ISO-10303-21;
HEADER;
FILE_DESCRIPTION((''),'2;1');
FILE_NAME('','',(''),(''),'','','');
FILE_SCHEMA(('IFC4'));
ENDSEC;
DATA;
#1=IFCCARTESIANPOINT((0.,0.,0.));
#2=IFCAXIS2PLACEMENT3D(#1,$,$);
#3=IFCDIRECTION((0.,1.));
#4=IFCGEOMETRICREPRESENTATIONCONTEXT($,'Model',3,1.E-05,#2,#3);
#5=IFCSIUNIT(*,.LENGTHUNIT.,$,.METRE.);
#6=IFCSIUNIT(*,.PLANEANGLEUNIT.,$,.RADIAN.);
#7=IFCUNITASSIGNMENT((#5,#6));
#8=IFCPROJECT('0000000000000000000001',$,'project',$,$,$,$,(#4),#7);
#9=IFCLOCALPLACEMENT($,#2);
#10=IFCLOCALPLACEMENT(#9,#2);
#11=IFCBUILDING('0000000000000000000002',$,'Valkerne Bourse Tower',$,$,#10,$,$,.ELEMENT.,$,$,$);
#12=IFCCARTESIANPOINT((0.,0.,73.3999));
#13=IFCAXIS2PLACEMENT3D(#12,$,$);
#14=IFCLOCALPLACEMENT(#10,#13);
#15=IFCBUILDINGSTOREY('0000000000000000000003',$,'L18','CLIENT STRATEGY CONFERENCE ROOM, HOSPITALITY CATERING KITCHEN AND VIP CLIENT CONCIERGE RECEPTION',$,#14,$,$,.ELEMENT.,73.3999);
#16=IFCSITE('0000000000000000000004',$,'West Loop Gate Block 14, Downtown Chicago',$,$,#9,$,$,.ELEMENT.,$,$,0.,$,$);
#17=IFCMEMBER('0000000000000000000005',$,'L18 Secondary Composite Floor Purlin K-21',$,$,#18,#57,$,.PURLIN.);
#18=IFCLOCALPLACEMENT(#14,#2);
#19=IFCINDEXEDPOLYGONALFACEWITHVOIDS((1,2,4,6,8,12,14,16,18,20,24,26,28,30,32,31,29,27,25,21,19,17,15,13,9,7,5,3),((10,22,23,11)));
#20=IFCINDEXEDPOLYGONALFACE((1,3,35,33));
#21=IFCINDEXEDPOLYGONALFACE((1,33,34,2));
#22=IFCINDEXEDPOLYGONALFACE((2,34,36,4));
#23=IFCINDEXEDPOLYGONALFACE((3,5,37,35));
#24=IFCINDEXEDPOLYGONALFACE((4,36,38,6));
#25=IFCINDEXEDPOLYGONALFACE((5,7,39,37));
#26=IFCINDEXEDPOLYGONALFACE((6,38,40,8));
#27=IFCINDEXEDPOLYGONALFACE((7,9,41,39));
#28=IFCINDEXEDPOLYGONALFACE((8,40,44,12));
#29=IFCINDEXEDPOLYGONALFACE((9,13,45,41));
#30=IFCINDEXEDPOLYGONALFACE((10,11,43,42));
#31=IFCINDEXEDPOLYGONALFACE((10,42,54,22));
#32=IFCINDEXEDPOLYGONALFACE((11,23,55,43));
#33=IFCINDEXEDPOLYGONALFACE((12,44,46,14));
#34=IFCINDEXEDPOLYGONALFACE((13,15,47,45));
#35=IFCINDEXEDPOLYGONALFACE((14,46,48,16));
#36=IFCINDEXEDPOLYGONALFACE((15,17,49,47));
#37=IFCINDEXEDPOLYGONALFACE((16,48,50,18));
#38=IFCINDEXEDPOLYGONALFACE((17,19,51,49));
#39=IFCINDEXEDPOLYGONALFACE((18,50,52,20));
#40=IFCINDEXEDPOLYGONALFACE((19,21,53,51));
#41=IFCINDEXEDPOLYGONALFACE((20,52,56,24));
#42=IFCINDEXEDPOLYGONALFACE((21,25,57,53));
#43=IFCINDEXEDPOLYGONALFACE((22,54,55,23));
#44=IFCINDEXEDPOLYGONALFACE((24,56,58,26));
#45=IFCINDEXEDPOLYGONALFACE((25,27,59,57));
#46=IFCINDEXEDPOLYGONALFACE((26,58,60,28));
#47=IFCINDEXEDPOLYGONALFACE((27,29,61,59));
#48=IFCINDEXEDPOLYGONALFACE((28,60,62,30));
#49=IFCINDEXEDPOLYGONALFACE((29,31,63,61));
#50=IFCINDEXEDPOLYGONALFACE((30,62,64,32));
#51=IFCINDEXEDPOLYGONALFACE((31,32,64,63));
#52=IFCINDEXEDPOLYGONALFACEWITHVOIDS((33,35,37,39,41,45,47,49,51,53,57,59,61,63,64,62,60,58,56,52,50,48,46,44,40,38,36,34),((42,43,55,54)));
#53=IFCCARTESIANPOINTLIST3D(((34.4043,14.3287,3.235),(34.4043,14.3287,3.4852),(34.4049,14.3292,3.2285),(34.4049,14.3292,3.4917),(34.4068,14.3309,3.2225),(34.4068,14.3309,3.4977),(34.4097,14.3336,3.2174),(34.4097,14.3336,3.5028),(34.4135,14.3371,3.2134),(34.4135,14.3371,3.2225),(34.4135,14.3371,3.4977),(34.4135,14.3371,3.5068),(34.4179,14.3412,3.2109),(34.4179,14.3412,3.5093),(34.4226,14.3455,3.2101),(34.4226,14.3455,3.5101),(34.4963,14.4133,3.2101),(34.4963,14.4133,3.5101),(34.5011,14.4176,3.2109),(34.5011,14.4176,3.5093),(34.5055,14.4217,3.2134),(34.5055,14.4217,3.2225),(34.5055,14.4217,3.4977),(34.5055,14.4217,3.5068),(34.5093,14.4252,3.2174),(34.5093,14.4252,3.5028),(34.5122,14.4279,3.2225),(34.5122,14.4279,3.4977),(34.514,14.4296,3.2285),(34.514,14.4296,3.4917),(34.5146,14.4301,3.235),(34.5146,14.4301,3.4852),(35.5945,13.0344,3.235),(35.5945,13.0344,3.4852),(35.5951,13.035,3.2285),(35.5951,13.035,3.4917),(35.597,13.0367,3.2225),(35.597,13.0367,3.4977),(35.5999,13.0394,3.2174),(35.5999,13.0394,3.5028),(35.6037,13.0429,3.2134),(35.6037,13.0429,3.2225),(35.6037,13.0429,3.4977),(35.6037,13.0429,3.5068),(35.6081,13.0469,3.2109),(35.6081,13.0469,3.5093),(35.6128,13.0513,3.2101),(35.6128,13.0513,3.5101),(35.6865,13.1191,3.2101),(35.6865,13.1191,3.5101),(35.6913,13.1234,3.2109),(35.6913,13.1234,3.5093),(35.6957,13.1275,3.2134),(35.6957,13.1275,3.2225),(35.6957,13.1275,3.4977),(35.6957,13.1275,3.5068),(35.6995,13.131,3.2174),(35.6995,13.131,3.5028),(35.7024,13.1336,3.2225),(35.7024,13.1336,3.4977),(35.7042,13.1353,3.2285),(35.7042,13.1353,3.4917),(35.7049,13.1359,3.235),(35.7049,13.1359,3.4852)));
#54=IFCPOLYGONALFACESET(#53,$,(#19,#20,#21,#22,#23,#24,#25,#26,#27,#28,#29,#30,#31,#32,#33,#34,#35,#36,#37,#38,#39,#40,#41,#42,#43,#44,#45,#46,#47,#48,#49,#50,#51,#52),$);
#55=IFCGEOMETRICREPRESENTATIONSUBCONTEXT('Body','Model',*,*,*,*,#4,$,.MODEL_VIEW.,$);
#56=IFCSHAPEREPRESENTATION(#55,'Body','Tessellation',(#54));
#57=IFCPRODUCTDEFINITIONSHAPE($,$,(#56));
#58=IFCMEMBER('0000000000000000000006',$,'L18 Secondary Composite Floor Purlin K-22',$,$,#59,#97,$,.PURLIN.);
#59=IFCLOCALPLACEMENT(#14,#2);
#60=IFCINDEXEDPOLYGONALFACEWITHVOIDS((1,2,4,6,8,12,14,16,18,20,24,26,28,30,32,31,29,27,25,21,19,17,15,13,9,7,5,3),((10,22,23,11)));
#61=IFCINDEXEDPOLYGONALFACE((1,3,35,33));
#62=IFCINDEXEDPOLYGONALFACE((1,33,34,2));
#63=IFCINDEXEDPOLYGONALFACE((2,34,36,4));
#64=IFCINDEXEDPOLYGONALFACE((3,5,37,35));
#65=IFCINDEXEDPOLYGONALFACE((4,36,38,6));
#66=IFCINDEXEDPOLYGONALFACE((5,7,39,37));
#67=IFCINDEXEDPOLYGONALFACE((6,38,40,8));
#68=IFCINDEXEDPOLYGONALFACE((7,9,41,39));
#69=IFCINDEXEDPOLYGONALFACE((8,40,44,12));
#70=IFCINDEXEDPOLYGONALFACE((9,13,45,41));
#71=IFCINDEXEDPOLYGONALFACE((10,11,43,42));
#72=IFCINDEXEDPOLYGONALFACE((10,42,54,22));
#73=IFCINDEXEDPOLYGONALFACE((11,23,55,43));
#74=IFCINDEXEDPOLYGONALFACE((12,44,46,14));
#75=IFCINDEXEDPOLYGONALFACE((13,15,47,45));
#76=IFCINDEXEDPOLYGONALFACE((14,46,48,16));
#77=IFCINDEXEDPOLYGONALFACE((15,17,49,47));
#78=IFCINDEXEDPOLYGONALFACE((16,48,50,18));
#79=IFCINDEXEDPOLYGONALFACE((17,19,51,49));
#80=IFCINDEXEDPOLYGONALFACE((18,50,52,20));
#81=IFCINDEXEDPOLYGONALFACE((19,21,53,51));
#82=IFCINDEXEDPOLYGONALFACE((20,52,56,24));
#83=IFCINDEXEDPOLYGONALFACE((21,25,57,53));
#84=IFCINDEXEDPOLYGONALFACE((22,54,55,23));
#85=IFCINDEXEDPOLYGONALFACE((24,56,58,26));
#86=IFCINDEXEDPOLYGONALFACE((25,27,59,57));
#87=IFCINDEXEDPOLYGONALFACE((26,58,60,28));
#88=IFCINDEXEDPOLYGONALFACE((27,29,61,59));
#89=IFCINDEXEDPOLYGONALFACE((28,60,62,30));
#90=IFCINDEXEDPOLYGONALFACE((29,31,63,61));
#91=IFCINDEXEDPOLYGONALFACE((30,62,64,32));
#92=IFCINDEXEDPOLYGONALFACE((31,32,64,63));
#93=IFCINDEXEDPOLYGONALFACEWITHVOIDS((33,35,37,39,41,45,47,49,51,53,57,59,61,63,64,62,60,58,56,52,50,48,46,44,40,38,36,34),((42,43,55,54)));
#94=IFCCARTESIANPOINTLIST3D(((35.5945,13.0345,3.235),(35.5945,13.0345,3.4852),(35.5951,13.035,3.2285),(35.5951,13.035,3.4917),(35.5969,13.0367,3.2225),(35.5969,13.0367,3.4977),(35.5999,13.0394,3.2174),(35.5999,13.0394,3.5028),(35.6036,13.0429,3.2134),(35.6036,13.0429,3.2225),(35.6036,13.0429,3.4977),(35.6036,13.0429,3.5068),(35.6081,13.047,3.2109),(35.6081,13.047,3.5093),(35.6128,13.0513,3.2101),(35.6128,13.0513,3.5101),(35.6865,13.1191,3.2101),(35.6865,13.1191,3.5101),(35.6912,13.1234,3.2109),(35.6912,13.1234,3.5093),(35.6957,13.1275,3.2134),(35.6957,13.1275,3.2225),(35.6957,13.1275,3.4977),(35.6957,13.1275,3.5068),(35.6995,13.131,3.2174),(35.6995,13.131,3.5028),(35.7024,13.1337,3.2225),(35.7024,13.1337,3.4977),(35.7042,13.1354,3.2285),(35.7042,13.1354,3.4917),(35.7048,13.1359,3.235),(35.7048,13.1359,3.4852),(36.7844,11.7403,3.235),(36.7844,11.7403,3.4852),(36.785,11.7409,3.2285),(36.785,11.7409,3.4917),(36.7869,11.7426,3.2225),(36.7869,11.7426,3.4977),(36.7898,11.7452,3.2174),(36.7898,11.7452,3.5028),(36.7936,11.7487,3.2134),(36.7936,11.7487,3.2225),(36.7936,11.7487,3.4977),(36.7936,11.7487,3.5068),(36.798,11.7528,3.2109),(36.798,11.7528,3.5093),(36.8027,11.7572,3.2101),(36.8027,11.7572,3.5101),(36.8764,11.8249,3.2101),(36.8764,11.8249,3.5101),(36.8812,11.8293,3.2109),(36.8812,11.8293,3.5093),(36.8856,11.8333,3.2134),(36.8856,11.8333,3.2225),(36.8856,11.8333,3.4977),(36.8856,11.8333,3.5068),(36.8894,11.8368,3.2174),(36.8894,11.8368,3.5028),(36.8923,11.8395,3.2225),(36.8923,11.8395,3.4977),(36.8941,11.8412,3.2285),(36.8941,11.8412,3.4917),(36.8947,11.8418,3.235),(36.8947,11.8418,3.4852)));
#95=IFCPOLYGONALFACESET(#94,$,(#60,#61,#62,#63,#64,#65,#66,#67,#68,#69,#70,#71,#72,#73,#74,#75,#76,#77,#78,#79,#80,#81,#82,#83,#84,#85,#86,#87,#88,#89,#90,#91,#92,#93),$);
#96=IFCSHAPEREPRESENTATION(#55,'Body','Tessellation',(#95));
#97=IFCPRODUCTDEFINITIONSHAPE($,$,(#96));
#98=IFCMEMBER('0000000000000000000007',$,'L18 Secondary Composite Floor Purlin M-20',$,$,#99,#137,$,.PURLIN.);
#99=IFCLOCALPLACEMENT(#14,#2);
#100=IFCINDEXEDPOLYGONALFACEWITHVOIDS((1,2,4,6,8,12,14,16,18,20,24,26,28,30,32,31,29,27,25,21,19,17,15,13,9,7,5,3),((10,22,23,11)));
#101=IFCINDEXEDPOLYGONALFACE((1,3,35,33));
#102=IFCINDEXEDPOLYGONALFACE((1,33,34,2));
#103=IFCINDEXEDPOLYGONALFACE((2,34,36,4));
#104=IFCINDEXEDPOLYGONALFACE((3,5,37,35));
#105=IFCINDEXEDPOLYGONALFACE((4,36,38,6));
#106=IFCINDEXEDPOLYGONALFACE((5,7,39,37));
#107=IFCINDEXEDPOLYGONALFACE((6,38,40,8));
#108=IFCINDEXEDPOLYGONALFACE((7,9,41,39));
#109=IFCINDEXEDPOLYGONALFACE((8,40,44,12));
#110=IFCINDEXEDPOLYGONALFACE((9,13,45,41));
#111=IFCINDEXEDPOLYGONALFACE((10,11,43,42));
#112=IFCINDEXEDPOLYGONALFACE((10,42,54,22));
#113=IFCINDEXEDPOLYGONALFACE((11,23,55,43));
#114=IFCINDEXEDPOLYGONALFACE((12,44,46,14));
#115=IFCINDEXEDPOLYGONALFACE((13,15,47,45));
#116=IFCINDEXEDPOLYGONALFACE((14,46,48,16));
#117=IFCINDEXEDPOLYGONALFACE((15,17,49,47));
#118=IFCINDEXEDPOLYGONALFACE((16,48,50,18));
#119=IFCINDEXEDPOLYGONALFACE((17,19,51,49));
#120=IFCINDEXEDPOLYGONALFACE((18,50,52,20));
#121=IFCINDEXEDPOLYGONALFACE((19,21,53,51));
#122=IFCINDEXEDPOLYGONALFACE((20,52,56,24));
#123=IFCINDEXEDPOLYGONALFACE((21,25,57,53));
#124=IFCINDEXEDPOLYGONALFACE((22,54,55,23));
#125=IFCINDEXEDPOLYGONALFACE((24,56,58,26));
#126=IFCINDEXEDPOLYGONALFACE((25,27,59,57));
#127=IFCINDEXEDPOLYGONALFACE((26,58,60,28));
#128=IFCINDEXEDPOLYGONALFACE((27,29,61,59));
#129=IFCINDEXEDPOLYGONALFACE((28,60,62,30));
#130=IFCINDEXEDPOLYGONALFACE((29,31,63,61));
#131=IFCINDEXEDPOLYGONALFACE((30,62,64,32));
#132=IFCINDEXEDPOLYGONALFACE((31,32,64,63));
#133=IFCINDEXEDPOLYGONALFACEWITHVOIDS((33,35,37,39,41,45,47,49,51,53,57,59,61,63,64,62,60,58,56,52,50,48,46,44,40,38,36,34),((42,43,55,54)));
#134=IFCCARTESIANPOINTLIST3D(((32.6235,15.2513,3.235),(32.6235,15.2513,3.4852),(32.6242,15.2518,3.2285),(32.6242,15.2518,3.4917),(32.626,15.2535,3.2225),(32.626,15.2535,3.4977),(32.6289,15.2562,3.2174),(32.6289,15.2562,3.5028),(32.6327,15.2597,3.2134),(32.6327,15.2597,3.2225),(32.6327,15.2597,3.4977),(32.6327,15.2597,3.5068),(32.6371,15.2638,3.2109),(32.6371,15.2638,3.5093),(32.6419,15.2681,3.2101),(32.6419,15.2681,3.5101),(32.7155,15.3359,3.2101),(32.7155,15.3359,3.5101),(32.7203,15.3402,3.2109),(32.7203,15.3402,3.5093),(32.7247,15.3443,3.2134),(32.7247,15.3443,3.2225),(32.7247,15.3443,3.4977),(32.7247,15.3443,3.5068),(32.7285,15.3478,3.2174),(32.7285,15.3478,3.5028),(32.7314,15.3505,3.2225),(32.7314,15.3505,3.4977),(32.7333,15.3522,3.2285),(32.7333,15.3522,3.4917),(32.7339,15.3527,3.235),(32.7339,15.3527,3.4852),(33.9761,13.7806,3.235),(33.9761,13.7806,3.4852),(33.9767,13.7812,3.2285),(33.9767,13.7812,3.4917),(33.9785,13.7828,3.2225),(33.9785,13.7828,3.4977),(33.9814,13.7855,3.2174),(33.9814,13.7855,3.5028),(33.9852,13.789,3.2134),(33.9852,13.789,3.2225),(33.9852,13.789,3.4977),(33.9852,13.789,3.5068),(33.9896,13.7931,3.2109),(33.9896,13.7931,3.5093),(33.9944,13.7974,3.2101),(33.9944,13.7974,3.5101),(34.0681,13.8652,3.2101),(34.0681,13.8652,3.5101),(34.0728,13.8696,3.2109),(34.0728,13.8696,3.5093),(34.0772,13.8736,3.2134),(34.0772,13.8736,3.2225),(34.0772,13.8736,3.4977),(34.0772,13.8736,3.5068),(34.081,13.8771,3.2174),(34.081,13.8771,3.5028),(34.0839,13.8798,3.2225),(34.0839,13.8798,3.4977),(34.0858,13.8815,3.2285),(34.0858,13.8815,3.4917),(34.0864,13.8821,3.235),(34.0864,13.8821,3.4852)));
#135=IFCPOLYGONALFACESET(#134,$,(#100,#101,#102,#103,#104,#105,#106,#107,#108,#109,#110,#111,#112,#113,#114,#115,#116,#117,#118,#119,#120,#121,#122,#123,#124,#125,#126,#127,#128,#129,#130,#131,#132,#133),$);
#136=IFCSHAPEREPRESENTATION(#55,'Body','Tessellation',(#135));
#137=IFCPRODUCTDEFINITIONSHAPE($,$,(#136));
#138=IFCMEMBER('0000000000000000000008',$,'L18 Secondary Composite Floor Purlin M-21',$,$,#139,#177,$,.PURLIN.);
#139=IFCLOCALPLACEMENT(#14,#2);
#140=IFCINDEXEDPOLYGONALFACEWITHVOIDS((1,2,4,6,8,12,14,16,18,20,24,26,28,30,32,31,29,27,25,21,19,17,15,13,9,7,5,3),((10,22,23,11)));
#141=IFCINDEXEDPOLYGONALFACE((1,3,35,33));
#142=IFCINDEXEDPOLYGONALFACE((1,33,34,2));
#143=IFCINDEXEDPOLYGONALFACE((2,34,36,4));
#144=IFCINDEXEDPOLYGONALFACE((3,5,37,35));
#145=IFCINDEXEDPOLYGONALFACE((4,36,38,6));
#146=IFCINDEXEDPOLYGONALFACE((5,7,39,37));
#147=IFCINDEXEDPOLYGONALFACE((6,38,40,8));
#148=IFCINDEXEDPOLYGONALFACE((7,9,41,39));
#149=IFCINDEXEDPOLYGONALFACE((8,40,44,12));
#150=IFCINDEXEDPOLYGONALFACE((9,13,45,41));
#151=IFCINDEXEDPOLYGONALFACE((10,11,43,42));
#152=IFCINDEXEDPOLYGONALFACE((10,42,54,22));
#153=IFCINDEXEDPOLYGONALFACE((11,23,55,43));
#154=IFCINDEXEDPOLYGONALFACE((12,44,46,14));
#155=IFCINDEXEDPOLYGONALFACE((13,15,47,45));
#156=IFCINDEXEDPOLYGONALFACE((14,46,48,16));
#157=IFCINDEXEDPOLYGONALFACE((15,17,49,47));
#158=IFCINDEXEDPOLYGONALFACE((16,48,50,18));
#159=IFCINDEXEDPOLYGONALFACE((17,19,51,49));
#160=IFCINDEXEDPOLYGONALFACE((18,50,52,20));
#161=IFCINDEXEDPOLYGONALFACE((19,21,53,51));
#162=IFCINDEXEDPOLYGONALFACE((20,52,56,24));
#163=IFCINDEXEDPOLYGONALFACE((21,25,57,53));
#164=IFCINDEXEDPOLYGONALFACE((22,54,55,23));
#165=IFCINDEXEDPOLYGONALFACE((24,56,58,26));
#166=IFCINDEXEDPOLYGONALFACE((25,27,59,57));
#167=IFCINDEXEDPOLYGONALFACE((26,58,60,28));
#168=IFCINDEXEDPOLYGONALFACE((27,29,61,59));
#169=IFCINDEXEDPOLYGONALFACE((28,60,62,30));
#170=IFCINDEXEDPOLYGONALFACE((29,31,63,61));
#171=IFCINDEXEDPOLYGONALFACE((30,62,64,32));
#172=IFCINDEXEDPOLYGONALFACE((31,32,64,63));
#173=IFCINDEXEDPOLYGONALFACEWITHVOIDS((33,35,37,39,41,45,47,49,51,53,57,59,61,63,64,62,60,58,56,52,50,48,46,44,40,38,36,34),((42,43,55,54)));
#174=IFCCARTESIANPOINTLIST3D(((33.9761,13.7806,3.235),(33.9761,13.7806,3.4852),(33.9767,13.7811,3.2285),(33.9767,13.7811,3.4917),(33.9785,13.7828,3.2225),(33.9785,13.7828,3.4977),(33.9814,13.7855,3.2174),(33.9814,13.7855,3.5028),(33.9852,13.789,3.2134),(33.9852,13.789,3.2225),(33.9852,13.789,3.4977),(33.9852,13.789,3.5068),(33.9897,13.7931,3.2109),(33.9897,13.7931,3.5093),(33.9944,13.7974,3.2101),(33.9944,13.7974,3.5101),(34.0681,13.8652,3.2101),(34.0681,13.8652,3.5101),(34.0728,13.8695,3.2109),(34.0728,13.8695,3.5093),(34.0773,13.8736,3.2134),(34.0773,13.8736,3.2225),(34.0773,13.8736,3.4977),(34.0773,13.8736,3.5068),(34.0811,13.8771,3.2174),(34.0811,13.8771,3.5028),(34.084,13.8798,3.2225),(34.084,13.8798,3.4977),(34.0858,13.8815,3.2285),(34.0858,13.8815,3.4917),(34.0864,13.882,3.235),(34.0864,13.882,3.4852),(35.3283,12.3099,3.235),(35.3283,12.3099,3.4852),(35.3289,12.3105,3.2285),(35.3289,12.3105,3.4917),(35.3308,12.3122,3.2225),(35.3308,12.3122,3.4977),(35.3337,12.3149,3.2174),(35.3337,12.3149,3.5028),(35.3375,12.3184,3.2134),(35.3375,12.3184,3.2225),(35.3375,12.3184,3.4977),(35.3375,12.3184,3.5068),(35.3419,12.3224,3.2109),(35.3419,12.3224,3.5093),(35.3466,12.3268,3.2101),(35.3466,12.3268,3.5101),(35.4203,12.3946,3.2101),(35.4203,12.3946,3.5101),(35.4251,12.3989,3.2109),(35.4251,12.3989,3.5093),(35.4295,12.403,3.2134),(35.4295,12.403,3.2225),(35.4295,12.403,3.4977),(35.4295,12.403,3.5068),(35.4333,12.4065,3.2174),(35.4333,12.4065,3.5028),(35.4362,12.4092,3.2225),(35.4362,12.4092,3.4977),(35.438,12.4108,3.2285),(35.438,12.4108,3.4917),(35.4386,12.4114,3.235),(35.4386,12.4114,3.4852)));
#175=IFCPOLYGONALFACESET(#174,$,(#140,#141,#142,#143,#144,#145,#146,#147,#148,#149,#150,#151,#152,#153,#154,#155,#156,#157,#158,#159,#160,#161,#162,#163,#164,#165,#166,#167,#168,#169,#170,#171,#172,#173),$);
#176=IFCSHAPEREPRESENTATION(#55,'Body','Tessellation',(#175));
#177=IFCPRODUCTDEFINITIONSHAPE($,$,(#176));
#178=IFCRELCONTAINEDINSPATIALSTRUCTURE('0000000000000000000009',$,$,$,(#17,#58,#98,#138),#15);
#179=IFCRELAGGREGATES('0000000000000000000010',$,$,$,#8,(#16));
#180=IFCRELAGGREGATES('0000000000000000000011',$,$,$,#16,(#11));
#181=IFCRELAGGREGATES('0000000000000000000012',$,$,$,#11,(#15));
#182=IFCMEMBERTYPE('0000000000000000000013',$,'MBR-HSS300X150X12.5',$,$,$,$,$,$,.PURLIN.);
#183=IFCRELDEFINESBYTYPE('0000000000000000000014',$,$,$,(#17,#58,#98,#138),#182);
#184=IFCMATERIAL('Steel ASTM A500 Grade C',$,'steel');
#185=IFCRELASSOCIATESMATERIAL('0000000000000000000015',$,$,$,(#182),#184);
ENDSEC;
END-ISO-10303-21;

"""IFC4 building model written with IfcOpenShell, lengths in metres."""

from ifc_helpers import new_model, si_unit, direction, frame, origin, origin_2d, place, context, subcontext, project, spatial, hollow_rectangle, extrude, material, material_profile, profile_set, type_object, element, save


model = new_model("IFC4")

# Units and contexts
model_context = context("Model", 3, precision=1e-05, world=origin(), true_north=direction((0.0, 1.0)))
body_context = subcontext(model_context, "Body", "Model", "MODEL_VIEW")
ifc_project = project(units=[si_unit("LENGTHUNIT", "METRE"), si_unit("PLANEANGLEUNIT", "RADIAN")], contexts=[model_context])

# Site, building, storey
site_placement = place(None, origin())
site = spatial("IfcSite", under=ifc_project, at=site_placement, Name="West Loop Gate Block 14, Downtown Chicago", CompositionType="ELEMENT", RefElevation=0.0)
building_placement = place(site_placement, origin())
building = spatial("IfcBuilding", under=site, at=building_placement, Name="Valkerne Bourse Tower", CompositionType="ELEMENT")
storey_placement = place(building_placement, frame((0.0, 0.0, 73.3999)))
storey = spatial("IfcBuildingStorey", under=building, at=storey_placement, Name="L18", Description="CLIENT STRATEGY CONFERENCE ROOM, HOSPITALITY CATERING KITCHEN AND VIP CLIENT CONCIERGE RECEPTION", CompositionType="ELEMENT", Elevation=73.3999)

# Members
ifc_material_1 = material(Name="Steel ASTM A500 Grade C", Category="steel")
ifc_material_profile_1 = material_profile(ifc_material_1, hollow_rectangle(XDim=0.1499, YDim=0.3, WallThickness=0.0125, OuterFilletRadius=0.0249, at=origin_2d()), Name="HSS300X150X12.5")
ifc_profile_set_1 = profile_set([ifc_material_profile_1], Name="Steel ASTM A500 Grade C")
member_type_1 = type_object("IfcMemberType", Name="MBR-HSS300X150X12.5", PredefinedType="PURLIN", material=ifc_profile_set_1)
for number, where, z_axis, x_axis, name in (
    (1, (34.4595, 14.3794, 3.3601), (0.676912, -0.736064, 0.0), (0.736064, 0.676912, 0.0), "L18 Secondary Composite Floor Purlin K-21"),
):
    element("IfcMember", number, at=place(storey_placement, frame(where, z_axis=z_axis, x_axis=x_axis)), inside=storey, type_object=member_type_1, Name=name, PredefinedType="PURLIN", context=body_context, shape_type="SweptSolid", body=[
        extrude(hollow_rectangle(XDim=0.1499, YDim=0.3, WallThickness=0.0125, OuterFilletRadius=0.0249, at=origin_2d()), origin(), (0.0, 0.0, 1.0), 1.7583),
    ])
member_1_placement = place(storey_placement, frame((35.6497, 13.0852, 3.3601), z_axis=(0.676837, -0.736133, 0.0), x_axis=(0.736133, 0.676837, 0.0)))
element("IfcMember", 2, at=member_1_placement, inside=storey, type_object=member_type_1, Name="L18 Secondary Composite Floor Purlin K-22", PredefinedType="PURLIN", context=body_context, shape_type="SweptSolid", body=[
    extrude(hollow_rectangle(XDim=0.1499, YDim=0.3, WallThickness=0.0125, OuterFilletRadius=0.0249, at=origin_2d()), origin(), (0.0, 0.0, 1.0), 1.7581),
])
member_2_placement = place(storey_placement, frame((32.6787, 15.302, 3.3601), z_axis=(0.676919, -0.736058, 0.0), x_axis=(0.736058, 0.676919, 0.0)))
element("IfcMember", 3, at=member_2_placement, inside=storey, type_object=member_type_1, Name="L18 Secondary Composite Floor Purlin M-20", PredefinedType="PURLIN", context=body_context, shape_type="SweptSolid", body=[
    extrude(hollow_rectangle(XDim=0.1499, YDim=0.3, WallThickness=0.0125, OuterFilletRadius=0.0249, at=origin_2d()), origin(), (0.0, 0.0, 1.0), 1.998),
])
member_3_placement = place(storey_placement, frame((34.0312, 13.8313, 3.3601), z_axis=(0.676853, -0.736119, 0.0), x_axis=(0.736119, 0.676853, 0.0)))
element("IfcMember", 4, at=member_3_placement, inside=storey, type_object=member_type_1, Name="L18 Secondary Composite Floor Purlin M-21", PredefinedType="PURLIN", context=body_context, shape_type="SweptSolid", body=[
    extrude(hollow_rectangle(XDim=0.1499, YDim=0.3, WallThickness=0.0125, OuterFilletRadius=0.0249, at=origin_2d()), origin(), (0.0, 0.0, 1.0), 1.9978),
])

save(model, "model.ifc")
